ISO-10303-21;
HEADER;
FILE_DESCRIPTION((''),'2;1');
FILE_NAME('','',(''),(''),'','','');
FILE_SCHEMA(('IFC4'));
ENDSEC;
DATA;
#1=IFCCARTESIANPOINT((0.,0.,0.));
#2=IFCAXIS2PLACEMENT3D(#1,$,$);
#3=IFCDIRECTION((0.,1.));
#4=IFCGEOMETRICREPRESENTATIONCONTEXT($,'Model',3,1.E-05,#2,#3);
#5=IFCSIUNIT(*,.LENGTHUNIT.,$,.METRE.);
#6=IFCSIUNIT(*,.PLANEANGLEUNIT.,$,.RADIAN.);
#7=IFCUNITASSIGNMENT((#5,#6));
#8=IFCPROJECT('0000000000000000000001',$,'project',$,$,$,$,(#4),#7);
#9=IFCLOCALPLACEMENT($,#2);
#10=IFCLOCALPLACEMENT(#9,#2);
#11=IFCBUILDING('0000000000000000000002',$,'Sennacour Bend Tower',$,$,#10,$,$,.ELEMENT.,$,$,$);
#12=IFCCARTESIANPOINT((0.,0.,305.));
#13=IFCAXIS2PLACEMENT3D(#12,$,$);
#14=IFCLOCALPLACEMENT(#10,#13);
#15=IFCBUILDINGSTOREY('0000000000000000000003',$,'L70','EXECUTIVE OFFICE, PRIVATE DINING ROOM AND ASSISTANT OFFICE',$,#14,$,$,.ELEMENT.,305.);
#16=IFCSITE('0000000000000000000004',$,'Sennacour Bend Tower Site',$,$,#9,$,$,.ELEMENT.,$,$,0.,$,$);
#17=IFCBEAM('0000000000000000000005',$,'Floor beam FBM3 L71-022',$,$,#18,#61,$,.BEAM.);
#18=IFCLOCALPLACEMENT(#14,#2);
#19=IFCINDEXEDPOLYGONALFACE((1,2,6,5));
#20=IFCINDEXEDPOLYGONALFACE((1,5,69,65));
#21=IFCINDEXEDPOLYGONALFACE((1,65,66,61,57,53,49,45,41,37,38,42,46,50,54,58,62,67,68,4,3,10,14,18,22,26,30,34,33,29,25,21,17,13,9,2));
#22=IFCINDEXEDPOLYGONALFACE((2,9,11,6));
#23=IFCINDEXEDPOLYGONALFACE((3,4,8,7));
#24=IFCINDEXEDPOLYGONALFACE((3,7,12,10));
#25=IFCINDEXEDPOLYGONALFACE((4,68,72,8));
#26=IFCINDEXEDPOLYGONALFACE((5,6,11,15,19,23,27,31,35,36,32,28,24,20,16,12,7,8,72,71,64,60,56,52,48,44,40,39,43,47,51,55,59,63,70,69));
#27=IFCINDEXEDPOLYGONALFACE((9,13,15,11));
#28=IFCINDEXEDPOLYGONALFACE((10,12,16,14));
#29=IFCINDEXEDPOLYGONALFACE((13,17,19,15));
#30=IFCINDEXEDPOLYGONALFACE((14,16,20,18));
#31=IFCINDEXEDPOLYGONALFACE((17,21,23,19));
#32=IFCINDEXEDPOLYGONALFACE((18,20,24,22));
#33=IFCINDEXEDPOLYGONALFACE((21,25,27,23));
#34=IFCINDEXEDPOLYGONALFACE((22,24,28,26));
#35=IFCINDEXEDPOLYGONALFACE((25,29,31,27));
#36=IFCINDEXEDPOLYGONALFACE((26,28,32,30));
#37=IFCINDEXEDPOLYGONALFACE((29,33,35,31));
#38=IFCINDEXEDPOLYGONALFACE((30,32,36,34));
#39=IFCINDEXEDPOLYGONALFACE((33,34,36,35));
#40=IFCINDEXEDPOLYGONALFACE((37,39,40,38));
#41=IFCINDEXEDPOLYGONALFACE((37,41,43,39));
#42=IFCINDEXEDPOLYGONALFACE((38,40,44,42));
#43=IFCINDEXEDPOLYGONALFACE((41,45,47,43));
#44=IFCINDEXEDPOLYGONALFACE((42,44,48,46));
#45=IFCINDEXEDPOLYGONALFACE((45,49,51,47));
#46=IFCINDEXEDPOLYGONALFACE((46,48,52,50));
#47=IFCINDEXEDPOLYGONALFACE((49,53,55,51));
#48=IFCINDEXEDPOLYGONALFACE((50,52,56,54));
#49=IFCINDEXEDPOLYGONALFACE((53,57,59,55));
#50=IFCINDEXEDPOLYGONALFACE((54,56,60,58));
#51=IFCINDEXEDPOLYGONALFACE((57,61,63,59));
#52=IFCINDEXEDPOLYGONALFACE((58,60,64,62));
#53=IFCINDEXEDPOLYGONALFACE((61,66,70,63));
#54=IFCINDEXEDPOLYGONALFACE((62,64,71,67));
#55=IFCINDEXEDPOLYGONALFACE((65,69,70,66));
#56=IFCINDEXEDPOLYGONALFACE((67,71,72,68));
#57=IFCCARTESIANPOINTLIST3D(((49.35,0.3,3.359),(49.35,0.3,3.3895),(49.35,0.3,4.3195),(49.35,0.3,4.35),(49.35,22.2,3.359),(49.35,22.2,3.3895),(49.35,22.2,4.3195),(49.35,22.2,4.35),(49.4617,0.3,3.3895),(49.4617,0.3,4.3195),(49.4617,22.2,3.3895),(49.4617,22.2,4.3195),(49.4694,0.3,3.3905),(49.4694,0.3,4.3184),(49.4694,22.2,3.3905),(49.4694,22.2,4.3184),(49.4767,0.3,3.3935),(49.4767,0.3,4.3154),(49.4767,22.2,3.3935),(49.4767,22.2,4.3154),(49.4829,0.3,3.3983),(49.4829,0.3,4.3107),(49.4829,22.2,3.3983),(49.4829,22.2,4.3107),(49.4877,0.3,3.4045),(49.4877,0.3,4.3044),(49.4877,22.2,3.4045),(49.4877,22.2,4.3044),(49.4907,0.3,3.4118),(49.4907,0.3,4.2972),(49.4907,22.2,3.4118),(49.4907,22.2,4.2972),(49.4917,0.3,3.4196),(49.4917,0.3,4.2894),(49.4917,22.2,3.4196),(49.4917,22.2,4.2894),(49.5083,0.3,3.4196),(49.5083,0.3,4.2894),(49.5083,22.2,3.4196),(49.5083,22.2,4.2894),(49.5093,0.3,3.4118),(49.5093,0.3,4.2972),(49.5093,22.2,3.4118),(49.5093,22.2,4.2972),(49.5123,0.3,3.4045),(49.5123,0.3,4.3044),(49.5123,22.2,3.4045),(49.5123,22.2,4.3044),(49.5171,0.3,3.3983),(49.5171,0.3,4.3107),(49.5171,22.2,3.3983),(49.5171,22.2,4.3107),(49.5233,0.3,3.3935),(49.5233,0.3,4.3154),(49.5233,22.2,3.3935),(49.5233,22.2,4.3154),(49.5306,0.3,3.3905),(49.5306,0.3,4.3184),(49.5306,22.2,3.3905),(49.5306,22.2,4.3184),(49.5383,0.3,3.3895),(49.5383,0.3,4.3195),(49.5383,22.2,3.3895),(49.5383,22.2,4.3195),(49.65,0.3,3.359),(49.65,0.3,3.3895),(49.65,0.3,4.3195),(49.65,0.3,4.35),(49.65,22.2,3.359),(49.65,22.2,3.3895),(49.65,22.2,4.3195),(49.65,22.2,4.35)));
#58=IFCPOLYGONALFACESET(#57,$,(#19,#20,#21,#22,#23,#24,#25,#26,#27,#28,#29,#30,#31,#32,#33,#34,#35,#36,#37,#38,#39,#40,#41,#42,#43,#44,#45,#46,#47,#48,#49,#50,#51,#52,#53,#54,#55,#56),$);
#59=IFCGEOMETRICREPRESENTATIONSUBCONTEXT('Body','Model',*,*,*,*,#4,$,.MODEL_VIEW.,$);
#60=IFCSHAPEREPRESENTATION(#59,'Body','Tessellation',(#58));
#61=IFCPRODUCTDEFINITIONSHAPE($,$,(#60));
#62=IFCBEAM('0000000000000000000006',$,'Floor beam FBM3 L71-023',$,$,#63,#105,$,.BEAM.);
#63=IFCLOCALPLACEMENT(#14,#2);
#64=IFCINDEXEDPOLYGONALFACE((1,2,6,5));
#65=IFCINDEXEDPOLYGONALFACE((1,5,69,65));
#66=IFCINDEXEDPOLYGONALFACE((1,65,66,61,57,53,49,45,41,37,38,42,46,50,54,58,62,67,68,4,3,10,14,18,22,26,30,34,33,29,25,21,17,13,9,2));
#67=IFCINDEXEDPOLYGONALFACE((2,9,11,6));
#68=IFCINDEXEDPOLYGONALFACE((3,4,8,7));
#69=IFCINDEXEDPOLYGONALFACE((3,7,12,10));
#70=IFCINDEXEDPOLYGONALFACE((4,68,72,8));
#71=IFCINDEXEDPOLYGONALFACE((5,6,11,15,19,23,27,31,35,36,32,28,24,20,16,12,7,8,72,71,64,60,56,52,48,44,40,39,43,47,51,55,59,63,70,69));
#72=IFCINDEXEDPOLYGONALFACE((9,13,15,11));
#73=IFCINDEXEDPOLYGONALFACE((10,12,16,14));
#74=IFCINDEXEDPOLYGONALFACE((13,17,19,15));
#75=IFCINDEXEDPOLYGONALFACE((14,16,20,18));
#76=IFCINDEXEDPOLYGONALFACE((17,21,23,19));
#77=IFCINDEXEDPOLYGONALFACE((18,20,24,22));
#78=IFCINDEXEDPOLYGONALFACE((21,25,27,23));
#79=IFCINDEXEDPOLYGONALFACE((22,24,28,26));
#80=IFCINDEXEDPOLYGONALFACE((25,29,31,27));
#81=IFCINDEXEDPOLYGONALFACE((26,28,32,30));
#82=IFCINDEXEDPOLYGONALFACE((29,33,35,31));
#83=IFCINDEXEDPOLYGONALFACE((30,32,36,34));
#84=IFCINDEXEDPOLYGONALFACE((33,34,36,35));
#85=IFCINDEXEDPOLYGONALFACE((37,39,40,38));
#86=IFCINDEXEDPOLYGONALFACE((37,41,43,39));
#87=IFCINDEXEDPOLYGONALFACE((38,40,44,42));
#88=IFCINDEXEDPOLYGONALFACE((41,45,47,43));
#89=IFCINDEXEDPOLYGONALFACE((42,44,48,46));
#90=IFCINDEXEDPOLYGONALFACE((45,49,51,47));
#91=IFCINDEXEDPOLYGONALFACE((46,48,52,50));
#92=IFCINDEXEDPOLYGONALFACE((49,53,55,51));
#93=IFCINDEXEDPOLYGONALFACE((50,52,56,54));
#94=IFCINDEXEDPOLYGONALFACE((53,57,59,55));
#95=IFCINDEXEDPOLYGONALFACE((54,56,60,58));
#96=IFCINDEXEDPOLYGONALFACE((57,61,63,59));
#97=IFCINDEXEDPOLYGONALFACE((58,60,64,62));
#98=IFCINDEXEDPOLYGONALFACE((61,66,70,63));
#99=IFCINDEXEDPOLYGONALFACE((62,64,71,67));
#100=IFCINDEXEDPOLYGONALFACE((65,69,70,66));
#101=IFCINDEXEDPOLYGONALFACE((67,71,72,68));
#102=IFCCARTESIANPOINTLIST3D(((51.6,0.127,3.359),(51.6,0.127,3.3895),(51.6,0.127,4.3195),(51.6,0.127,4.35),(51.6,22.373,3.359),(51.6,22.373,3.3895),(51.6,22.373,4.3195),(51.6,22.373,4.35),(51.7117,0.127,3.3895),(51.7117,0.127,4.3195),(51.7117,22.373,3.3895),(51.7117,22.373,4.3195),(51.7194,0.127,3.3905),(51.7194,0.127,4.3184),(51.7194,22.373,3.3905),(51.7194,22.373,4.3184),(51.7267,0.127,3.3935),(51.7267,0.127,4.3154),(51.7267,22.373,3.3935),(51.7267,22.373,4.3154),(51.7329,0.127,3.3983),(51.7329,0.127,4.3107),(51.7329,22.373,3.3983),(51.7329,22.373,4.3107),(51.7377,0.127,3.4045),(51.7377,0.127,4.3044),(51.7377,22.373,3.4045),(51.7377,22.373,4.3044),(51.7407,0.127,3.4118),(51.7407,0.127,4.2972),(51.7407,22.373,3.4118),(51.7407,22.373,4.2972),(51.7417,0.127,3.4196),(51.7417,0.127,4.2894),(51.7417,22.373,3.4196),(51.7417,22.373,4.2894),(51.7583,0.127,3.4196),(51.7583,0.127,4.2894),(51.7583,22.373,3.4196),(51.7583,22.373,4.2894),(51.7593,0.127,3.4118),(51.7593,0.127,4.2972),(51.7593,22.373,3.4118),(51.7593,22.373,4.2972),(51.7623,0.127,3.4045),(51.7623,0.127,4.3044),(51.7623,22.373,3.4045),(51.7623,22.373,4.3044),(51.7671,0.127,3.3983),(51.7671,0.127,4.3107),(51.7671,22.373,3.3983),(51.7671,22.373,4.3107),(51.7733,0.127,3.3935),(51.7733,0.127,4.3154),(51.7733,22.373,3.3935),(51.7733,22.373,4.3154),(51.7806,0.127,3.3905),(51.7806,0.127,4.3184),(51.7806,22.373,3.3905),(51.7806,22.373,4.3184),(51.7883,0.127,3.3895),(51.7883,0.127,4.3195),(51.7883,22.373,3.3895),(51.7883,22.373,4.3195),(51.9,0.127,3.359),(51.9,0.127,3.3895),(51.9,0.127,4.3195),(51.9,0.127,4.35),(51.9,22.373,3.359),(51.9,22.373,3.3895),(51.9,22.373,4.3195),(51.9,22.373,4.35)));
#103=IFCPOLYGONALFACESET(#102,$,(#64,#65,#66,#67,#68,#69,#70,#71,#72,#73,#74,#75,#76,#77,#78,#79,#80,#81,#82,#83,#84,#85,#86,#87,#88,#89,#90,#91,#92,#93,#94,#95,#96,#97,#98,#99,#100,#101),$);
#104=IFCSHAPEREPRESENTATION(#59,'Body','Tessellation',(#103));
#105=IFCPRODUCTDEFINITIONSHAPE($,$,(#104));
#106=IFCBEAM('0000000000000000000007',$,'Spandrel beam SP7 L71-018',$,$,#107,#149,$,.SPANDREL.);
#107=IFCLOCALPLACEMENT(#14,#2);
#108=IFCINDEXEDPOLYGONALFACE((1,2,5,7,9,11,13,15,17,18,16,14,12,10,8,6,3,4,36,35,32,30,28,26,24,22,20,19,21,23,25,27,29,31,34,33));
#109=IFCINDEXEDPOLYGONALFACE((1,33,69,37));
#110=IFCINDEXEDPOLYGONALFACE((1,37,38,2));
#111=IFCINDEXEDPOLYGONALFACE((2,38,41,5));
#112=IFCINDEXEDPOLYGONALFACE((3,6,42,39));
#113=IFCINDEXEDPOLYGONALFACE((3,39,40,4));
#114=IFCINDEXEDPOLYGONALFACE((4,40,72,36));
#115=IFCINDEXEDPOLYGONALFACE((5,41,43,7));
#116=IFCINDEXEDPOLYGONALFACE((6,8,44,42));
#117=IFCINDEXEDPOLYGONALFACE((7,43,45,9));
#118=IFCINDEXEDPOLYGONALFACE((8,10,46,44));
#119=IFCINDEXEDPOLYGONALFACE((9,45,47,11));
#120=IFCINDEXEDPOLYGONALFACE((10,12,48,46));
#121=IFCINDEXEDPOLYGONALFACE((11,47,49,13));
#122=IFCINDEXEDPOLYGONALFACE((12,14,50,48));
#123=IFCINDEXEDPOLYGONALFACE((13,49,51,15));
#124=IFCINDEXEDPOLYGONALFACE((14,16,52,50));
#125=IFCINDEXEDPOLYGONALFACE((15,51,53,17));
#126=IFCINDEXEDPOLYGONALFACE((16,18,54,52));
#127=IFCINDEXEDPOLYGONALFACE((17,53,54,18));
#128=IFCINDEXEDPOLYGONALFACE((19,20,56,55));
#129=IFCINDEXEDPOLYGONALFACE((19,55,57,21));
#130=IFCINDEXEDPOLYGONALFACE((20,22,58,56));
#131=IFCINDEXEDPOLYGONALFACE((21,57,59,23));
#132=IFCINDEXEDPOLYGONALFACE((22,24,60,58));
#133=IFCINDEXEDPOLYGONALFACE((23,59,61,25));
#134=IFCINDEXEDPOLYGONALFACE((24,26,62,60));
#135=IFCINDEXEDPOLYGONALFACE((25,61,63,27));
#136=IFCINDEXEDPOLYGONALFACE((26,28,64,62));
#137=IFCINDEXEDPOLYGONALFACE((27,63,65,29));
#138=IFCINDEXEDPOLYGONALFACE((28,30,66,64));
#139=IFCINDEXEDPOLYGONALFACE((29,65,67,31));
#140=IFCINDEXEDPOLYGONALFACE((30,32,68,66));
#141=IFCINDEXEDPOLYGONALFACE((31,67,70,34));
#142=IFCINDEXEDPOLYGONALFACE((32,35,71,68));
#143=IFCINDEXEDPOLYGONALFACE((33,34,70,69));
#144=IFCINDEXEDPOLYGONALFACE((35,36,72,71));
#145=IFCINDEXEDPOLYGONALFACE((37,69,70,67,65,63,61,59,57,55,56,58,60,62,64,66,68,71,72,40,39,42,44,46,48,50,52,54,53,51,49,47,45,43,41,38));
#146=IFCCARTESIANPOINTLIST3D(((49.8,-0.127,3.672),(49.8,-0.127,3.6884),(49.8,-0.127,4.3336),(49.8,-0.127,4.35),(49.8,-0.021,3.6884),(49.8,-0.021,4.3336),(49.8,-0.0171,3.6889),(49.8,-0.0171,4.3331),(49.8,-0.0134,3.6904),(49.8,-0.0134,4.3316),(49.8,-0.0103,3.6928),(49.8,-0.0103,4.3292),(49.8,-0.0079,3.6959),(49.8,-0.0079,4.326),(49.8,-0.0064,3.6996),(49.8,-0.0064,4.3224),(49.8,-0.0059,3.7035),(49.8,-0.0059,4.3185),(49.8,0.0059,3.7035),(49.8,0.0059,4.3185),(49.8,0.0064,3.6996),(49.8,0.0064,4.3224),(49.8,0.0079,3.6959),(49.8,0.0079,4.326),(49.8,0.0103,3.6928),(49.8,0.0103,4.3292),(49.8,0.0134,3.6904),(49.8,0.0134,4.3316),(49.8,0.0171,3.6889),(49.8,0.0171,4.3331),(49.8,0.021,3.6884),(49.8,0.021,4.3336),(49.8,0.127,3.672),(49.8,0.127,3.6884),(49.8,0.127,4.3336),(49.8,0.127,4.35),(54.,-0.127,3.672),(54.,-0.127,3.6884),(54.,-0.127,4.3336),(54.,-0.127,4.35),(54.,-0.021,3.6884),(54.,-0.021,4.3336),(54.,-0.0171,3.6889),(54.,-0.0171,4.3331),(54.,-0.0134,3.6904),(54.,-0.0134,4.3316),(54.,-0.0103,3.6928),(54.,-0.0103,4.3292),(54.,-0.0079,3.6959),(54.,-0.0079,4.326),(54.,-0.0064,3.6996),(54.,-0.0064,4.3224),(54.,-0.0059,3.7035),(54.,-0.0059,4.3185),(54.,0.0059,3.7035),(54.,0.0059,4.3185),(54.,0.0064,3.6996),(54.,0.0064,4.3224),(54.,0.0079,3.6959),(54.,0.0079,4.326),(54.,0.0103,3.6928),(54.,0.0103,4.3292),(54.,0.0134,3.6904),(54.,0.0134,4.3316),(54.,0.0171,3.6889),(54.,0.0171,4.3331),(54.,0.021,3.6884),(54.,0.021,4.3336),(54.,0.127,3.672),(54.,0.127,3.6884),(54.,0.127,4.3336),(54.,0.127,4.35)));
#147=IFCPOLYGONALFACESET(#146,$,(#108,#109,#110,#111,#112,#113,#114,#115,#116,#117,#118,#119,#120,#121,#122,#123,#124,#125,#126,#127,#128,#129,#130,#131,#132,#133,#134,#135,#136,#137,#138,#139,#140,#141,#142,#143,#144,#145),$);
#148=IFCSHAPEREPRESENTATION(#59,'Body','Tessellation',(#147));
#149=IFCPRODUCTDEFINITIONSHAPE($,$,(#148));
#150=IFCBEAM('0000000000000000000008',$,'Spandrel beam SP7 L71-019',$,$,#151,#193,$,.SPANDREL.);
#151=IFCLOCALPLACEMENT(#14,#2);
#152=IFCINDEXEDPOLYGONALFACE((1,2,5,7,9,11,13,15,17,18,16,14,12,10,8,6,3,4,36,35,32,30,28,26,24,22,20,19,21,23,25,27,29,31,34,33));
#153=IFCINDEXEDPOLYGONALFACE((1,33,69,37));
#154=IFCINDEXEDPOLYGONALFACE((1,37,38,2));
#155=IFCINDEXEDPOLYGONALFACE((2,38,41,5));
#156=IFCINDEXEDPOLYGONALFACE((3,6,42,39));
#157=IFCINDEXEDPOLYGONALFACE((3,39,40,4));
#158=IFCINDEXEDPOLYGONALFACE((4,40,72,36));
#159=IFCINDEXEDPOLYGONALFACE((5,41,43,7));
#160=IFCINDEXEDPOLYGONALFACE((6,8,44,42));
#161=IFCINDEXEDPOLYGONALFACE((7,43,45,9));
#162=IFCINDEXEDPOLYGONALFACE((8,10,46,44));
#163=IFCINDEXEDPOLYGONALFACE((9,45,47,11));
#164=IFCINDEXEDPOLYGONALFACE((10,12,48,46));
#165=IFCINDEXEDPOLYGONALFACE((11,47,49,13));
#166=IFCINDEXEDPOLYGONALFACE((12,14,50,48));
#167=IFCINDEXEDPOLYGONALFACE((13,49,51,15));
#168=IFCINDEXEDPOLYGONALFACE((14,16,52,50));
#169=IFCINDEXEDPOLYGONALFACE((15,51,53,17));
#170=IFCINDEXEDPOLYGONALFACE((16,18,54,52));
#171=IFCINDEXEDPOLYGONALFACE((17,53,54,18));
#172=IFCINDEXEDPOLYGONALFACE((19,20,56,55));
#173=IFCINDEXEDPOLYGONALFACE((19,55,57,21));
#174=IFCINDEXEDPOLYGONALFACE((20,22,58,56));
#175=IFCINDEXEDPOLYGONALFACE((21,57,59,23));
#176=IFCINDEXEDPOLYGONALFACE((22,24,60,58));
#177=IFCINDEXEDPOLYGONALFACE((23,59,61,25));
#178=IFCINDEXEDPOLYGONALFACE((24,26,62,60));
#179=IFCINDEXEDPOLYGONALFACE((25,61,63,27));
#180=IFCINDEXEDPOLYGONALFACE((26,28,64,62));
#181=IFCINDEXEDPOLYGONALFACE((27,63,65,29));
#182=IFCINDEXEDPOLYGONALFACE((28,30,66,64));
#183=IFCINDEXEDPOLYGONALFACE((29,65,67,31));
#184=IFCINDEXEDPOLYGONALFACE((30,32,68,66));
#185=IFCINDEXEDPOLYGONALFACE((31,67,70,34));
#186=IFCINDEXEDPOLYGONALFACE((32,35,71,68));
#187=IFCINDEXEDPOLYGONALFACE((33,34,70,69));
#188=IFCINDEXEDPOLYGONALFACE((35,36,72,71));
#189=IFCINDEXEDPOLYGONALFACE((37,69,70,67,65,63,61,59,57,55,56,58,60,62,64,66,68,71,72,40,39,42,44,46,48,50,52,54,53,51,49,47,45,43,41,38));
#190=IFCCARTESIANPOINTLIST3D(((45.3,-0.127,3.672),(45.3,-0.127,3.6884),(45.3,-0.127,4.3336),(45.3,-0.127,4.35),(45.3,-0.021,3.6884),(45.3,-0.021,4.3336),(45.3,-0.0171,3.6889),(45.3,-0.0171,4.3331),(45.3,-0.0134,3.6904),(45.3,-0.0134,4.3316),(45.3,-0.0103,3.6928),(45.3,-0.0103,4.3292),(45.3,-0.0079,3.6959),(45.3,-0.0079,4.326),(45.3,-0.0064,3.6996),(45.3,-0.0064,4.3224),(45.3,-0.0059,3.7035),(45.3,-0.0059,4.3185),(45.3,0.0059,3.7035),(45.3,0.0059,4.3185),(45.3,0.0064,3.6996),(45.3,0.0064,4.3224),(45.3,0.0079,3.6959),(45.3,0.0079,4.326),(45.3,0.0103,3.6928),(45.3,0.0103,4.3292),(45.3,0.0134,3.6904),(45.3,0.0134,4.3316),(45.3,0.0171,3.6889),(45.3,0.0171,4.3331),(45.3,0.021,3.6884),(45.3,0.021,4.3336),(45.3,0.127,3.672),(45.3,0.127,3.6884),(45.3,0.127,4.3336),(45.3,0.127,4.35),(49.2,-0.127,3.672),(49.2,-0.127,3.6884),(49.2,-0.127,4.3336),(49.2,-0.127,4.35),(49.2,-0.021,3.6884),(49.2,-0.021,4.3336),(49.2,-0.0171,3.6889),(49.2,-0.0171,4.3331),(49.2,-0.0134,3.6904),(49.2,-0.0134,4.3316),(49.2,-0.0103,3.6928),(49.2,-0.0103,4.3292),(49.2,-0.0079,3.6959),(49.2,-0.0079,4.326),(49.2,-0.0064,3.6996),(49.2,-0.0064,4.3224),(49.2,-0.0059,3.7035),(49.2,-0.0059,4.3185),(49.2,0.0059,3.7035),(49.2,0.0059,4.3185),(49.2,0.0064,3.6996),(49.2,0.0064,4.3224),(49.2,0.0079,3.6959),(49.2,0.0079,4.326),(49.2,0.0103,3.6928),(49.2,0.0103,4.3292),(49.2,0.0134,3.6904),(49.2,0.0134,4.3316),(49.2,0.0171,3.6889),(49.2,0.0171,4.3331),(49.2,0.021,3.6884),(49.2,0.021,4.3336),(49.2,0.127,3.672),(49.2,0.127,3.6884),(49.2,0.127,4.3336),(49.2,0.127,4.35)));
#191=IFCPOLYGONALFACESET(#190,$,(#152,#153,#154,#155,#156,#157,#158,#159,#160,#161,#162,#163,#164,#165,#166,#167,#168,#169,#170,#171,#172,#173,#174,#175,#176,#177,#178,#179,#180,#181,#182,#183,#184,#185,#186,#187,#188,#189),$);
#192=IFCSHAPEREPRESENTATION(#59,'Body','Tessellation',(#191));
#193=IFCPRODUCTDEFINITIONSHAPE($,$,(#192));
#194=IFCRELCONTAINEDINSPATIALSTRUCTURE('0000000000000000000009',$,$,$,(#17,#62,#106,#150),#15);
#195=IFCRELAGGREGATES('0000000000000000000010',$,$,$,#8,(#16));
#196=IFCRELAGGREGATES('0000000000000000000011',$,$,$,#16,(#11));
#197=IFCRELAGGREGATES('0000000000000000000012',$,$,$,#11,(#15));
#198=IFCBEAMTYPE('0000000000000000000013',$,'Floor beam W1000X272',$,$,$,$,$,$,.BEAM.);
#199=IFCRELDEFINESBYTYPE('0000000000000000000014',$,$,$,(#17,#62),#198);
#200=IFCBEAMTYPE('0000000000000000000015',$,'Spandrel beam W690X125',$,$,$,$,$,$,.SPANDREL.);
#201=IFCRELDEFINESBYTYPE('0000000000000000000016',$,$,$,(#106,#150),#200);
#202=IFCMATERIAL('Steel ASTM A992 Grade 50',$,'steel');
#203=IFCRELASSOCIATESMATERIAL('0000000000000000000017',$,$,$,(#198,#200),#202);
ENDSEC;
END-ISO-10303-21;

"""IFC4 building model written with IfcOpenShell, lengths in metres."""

from ifc_helpers import new_model, si_unit, direction, frame, origin, origin_2d, place, context, subcontext, project, spatial, i_section, extrude, material, material_profile, profile_set, type_object, element, save


model = new_model("IFC4")

# Units and contexts
model_context = context("Model", 3, precision=1e-05, world=origin(), true_north=direction((0.0, 1.0)))
body_context = subcontext(model_context, "Body", "Model", "MODEL_VIEW")
ifc_project = project(units=[si_unit("LENGTHUNIT", "METRE"), si_unit("PLANEANGLEUNIT", "RADIAN")], contexts=[model_context])

# Site, building, storey
site_placement = place(None, origin())
site = spatial("IfcSite", under=ifc_project, at=site_placement, Name="Sennacour Bend Tower Site", CompositionType="ELEMENT", RefElevation=0.0)
building_placement = place(site_placement, origin())
building = spatial("IfcBuilding", under=site, at=building_placement, Name="Sennacour Bend Tower", CompositionType="ELEMENT")
storey_placement = place(building_placement, frame((0.0, 0.0, 305.0)))
storey = spatial("IfcBuildingStorey", under=building, at=storey_placement, Name="L70", Description="EXECUTIVE OFFICE, PRIVATE DINING ROOM AND ASSISTANT OFFICE", CompositionType="ELEMENT", Elevation=305.0)

# Beams
ifc_material_1 = material(Name="Steel ASTM A992 Grade 50", Category="steel")
ifc_material_profile_1 = material_profile(ifc_material_1, i_section(OverallWidth=0.3, OverallDepth=0.991, WebThickness=0.0166, FlangeThickness=0.0305, FilletRadius=0.03, at=origin_2d()), Name="Steel ASTM A992 Grade 50", Category="steel")
ifc_profile_set_1 = profile_set([ifc_material_profile_1], Name="Steel ASTM A992 Grade 50")
beam_type_1 = type_object("IfcBeamType", Name="Floor beam W1000X272", PredefinedType="BEAM", material=ifc_profile_set_1)
beam_1_placement = place(storey_placement, frame((49.5, 0.3, 3.8545), z_axis=(0.0, 1.0, 0.0), x_axis=(-1.0, 0.0, 0.0)))
element("IfcBeam", 1, at=beam_1_placement, inside=storey, type_object=beam_type_1, Name="Floor beam FBM3 L71-022", PredefinedType="BEAM", context=body_context, shape_type="SweptSolid", body=[
    extrude(i_section(OverallWidth=0.3, OverallDepth=0.991, WebThickness=0.0166, FlangeThickness=0.0305, FilletRadius=0.03, at=origin_2d()), origin(), (0.0, 0.0, 1.0), 21.8999),
])
beam_2_placement = place(storey_placement, frame((51.75, 0.127, 3.8545), z_axis=(0.0, 1.0, 0.0), x_axis=(-1.0, 0.0, 0.0)))
element("IfcBeam", 2, at=beam_2_placement, inside=storey, type_object=beam_type_1, Name="Floor beam FBM3 L71-023", PredefinedType="BEAM", context=body_context, shape_type="SweptSolid", body=[
    extrude(i_section(OverallWidth=0.3, OverallDepth=0.991, WebThickness=0.0166, FlangeThickness=0.0305, FilletRadius=0.03, at=origin_2d()), origin(), (0.0, 0.0, 1.0), 22.2461),
])
ifc_material_profile_2 = material_profile(ifc_material_1, i_section(OverallWidth=0.2539, OverallDepth=0.678, WebThickness=0.0117, FlangeThickness=0.0164, FilletRadius=0.0151, at=origin_2d()), Name="Steel ASTM A992 Grade 50", Category="steel")
ifc_profile_set_2 = profile_set([ifc_material_profile_2], Name="Steel ASTM A992 Grade 50")
beam_type_2 = type_object("IfcBeamType", Name="Spandrel beam W690X125", PredefinedType="SPANDREL", material=ifc_profile_set_2)
beam_3_placement = place(storey_placement, frame((54.0, 0.0, 4.011), z_axis=(-1.0, 0.0, 0.0), x_axis=(0.0, -1.0, 0.0)))
element("IfcBeam", 3, at=beam_3_placement, inside=storey, type_object=beam_type_2, Name="Spandrel beam SP7 L71-018", PredefinedType="SPANDREL", context=body_context, shape_type="SweptSolid", body=[
    extrude(i_section(OverallWidth=0.2539, OverallDepth=0.678, WebThickness=0.0117, FlangeThickness=0.0164, FilletRadius=0.0151, at=origin_2d()), origin(), (0.0, 0.0, 1.0), 4.2),
])
beam_4_placement = place(storey_placement, frame((49.2, 0.0, 4.011), z_axis=(-1.0, 0.0, 0.0), x_axis=(0.0, -1.0, 0.0)))
element("IfcBeam", 4, at=beam_4_placement, inside=storey, type_object=beam_type_2, Name="Spandrel beam SP7 L71-019", PredefinedType="SPANDREL", context=body_context, shape_type="SweptSolid", body=[
    extrude(i_section(OverallWidth=0.2539, OverallDepth=0.678, WebThickness=0.0117, FlangeThickness=0.0164, FilletRadius=0.0151, at=origin_2d()), origin(), (0.0, 0.0, 1.0), 3.8999),
])

save(model, "model.ifc")
